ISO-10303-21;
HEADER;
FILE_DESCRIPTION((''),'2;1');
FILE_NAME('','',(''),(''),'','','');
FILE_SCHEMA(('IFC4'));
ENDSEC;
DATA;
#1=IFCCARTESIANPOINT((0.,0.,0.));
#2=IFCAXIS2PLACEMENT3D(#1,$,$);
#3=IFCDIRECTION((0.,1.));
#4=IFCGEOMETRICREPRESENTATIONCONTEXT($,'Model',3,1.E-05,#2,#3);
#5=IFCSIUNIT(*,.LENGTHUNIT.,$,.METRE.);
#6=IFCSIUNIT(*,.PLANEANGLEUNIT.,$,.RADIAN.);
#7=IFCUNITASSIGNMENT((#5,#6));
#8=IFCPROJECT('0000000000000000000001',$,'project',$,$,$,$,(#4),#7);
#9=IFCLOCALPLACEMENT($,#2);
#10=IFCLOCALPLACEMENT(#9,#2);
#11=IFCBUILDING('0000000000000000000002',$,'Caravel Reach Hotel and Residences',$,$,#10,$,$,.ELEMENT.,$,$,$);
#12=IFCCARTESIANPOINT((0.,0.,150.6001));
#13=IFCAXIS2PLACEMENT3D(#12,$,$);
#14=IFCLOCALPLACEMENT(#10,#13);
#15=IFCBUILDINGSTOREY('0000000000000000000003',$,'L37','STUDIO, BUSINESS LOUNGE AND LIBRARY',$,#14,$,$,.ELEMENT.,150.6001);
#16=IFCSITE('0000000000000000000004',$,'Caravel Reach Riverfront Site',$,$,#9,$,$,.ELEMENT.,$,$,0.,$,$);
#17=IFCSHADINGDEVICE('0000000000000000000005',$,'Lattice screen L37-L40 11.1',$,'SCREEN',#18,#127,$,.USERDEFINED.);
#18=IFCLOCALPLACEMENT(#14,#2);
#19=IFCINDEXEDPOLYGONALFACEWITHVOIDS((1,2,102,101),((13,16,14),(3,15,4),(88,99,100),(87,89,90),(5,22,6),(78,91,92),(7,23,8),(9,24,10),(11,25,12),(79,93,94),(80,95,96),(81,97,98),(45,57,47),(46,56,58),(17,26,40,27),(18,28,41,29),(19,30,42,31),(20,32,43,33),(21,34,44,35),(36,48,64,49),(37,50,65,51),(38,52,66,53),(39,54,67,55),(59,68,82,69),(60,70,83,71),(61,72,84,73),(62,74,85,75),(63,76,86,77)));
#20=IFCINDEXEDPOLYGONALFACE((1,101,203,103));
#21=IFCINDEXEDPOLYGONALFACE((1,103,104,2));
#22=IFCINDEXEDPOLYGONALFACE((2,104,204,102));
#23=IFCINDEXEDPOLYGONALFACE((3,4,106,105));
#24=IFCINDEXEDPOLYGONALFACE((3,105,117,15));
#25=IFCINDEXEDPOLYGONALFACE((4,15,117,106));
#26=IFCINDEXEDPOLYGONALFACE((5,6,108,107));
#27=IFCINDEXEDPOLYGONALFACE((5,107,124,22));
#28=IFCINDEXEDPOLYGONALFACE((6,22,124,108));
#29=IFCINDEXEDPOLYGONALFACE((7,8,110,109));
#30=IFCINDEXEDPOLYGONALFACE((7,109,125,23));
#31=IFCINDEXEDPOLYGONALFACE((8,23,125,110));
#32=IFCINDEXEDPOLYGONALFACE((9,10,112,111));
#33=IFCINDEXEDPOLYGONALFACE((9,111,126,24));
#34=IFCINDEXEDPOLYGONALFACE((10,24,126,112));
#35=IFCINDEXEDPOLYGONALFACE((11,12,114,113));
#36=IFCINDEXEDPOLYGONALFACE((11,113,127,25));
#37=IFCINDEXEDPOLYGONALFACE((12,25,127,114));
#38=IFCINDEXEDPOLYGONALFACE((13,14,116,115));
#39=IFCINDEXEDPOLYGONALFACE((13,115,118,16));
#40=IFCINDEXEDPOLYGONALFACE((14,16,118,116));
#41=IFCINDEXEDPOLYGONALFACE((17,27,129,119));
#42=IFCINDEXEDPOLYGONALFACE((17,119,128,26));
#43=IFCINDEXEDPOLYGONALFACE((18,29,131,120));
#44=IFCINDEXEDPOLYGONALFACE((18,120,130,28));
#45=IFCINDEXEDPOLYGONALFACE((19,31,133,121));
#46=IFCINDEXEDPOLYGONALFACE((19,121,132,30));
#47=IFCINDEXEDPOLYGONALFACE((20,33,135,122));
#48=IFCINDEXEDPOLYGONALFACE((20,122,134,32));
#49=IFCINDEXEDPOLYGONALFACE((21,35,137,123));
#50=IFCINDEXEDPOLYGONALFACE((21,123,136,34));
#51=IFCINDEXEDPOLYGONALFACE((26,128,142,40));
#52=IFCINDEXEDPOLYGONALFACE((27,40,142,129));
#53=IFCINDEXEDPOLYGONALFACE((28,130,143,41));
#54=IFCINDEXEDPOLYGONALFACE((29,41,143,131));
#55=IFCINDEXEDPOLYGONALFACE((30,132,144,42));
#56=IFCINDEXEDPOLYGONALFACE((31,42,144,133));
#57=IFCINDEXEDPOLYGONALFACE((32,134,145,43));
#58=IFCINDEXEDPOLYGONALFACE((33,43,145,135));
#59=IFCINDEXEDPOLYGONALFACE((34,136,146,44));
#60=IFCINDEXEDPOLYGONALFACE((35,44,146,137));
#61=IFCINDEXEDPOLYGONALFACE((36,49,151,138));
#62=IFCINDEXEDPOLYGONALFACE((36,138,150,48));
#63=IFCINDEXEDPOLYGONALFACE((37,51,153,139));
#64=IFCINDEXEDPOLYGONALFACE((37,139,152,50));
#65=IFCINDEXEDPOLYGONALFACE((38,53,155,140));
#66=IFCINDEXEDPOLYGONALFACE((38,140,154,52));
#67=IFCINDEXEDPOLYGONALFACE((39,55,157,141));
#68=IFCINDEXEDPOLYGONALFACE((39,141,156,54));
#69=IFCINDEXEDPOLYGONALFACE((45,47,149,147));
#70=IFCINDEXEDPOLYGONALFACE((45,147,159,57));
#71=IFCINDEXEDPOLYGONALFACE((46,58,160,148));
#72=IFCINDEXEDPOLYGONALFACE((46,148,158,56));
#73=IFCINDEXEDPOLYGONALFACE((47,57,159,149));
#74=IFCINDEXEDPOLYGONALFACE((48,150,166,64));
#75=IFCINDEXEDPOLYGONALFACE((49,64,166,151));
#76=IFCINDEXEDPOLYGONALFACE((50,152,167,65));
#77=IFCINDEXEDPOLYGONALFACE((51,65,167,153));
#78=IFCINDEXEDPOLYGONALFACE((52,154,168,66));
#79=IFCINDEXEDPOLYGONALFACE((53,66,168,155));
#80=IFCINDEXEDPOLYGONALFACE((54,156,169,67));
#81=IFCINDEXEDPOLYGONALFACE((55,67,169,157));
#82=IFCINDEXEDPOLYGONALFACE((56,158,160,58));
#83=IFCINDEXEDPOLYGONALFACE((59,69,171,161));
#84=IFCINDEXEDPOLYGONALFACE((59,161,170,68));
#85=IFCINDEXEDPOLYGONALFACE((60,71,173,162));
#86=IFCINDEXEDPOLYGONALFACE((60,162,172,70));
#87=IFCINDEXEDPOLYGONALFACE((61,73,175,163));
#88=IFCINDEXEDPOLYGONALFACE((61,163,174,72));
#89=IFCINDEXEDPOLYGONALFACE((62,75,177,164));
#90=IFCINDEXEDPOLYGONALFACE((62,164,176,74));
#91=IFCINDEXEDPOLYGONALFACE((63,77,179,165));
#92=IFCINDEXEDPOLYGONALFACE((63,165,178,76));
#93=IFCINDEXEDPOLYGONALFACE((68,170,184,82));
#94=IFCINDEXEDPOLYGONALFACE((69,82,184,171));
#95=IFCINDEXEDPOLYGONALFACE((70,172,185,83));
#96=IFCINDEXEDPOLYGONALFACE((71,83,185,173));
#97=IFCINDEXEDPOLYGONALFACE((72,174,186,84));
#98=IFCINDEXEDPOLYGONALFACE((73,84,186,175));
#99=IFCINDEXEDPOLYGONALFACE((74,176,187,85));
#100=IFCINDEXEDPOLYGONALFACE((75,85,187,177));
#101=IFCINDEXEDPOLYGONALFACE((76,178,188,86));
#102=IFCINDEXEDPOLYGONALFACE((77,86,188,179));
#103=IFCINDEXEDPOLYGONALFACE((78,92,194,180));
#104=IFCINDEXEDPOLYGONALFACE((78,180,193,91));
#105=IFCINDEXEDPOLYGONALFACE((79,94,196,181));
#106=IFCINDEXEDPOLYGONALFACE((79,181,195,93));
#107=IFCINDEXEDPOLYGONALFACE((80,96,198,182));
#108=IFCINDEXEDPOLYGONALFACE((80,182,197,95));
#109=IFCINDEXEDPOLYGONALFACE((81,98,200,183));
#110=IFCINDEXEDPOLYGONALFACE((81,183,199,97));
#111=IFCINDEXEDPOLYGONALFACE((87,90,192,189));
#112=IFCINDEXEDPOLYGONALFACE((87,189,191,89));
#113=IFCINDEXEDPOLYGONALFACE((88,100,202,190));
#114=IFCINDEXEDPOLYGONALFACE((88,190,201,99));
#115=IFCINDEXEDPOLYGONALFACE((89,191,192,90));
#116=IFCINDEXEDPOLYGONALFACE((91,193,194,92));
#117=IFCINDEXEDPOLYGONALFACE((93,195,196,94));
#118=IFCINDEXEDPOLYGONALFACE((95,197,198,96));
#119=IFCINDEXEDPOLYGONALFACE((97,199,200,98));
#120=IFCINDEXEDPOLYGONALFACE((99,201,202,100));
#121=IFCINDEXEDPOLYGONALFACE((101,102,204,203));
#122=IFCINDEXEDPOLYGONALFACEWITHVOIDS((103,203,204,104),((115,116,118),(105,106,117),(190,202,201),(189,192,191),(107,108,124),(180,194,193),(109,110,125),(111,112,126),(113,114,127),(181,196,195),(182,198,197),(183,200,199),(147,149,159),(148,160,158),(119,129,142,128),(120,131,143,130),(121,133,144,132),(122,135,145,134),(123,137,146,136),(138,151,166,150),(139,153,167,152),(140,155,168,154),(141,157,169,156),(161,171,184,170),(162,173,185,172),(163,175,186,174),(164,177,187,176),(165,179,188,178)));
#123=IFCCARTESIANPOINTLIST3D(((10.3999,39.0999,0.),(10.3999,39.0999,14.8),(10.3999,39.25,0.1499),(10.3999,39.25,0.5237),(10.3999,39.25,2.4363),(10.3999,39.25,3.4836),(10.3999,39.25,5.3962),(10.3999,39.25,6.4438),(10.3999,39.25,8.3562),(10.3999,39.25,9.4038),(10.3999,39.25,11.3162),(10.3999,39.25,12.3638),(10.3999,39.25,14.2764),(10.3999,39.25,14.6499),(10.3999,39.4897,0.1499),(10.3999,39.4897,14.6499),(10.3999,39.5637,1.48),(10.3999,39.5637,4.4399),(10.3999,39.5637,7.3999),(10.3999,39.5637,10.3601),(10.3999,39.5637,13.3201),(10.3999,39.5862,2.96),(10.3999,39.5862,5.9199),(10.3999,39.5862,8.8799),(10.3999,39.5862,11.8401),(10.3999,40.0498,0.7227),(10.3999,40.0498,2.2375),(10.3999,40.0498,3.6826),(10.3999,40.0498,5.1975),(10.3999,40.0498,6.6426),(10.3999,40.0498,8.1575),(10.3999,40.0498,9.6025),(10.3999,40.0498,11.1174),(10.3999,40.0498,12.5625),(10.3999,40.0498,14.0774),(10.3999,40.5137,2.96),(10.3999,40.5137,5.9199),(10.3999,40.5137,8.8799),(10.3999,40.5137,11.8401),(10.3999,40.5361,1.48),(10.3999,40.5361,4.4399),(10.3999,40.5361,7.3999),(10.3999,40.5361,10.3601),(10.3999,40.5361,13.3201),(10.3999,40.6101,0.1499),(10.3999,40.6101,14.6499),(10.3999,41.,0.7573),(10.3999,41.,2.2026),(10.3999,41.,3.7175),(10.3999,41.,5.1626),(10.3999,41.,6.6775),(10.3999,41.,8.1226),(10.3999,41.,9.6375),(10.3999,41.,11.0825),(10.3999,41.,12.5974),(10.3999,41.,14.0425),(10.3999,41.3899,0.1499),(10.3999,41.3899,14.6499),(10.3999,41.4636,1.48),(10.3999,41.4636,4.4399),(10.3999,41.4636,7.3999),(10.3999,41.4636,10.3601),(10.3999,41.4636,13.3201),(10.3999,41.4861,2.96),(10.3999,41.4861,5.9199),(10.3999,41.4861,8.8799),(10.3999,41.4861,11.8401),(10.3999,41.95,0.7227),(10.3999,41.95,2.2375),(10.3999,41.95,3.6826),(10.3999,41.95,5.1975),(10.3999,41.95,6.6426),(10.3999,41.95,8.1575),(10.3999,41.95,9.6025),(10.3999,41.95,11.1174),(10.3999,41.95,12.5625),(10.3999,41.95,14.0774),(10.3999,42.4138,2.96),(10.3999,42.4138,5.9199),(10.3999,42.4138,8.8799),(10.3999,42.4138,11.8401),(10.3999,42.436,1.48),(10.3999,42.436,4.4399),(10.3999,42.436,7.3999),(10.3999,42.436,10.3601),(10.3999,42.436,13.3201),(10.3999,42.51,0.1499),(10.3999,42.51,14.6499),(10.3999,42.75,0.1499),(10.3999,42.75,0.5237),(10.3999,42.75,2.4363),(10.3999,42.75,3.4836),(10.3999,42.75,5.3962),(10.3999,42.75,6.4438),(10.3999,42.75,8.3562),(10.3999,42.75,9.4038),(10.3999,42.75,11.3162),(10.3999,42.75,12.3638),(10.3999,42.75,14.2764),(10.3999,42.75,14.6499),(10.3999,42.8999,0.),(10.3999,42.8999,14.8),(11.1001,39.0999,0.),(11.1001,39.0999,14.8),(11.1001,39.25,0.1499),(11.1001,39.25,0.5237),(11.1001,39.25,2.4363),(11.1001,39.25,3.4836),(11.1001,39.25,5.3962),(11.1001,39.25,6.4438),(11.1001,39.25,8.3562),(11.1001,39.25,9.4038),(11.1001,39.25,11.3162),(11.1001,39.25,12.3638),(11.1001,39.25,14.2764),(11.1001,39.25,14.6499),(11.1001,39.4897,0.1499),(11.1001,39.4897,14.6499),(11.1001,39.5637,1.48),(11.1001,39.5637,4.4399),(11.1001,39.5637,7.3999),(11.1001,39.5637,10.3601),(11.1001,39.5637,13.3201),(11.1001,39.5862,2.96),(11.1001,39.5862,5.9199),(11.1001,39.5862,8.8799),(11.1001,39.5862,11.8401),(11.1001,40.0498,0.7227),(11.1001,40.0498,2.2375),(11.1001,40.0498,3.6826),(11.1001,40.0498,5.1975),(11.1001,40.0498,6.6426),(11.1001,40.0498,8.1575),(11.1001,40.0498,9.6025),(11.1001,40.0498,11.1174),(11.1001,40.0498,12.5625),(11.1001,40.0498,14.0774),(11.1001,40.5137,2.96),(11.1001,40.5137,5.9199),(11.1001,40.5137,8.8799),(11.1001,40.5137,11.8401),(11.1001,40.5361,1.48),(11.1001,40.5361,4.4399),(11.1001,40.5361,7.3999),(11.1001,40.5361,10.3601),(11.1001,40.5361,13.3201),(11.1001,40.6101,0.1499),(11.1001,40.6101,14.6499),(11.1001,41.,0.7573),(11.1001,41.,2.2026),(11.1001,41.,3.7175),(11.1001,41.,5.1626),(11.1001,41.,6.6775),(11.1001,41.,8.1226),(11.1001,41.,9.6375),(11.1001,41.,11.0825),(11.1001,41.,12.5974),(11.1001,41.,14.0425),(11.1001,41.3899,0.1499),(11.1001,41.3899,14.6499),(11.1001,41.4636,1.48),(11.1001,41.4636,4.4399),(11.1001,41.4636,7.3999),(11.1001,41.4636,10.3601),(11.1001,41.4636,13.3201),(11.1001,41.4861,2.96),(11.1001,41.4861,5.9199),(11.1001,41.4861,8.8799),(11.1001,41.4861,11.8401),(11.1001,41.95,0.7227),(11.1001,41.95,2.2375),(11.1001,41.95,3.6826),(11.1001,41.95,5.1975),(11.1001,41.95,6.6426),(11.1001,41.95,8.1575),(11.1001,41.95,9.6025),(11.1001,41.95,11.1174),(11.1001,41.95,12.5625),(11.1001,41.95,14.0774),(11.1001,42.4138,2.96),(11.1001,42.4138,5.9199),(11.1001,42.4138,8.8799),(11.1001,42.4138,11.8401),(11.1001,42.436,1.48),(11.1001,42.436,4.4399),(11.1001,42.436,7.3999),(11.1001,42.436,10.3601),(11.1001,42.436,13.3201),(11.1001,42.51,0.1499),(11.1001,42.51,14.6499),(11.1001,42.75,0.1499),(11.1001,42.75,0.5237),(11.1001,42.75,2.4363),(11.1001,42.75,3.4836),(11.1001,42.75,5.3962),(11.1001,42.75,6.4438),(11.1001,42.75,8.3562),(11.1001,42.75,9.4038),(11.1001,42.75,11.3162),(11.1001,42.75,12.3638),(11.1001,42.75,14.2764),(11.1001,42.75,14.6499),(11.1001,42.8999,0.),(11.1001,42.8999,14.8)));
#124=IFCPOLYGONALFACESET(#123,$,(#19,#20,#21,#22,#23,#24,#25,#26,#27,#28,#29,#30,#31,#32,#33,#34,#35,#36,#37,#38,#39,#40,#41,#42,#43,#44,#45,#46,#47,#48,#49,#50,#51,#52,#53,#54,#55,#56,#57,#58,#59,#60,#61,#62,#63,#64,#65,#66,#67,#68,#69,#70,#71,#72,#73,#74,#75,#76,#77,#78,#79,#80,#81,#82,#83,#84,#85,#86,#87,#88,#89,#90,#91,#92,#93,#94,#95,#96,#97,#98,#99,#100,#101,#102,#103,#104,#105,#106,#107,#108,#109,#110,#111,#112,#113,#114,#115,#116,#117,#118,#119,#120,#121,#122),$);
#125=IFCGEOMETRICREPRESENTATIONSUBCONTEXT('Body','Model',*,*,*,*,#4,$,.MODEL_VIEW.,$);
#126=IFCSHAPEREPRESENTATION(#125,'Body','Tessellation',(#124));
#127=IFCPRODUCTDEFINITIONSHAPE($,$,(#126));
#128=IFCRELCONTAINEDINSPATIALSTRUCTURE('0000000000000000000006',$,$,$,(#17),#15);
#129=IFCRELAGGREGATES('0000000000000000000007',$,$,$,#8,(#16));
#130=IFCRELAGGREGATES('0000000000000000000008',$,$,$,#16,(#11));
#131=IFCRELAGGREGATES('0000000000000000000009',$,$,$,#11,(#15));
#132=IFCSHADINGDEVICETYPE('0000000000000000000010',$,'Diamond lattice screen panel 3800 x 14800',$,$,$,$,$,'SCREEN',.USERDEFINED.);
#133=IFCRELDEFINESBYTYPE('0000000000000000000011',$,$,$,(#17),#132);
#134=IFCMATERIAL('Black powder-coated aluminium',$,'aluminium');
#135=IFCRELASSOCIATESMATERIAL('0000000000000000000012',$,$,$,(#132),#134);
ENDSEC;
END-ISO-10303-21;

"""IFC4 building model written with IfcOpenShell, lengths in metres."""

from ifc_helpers import new_model, si_unit, direction, frame, origin, place, context, subcontext, project, spatial, polyline, outline, extrude, material, type_object, element, save


model = new_model("IFC4")

# Units and contexts
model_context = context("Model", 3, precision=1e-05, world=origin(), true_north=direction((0.0, 1.0)))
body_context = subcontext(model_context, "Body", "Model", "MODEL_VIEW")
ifc_project = project(units=[si_unit("LENGTHUNIT", "METRE"), si_unit("PLANEANGLEUNIT", "RADIAN")], contexts=[model_context])

# Site, building, storey
site_placement = place(None, origin())
site = spatial("IfcSite", under=ifc_project, at=site_placement, Name="Caravel Reach Riverfront Site", CompositionType="ELEMENT", RefElevation=0.0)
building_placement = place(site_placement, origin())
building = spatial("IfcBuilding", under=site, at=building_placement, Name="Caravel Reach Hotel and Residences", CompositionType="ELEMENT")
storey_placement = place(building_placement, frame((0.0, 0.0, 150.6001)))
storey = spatial("IfcBuildingStorey", under=building, at=storey_placement, Name="L37", Description="STUDIO, BUSINESS LOUNGE AND LIBRARY", CompositionType="ELEMENT", Elevation=150.6001)

# Shading device
ifc_material_1 = material(Name="Black powder-coated aluminium", Category="aluminium")
shading_device_type_1 = type_object("IfcShadingDeviceType", Name="Diamond lattice screen panel 3800 x 14800", ElementType="SCREEN", PredefinedType="USERDEFINED", material=ifc_material_1)
shading_device_1_placement = place(storey_placement, frame((11.1001, 42.8999, 0.0), z_axis=(-1.0, 0.0, 0.0), x_axis=(0.0, -1.0, 0.0)))
element("IfcShadingDevice", 1, at=shading_device_1_placement, inside=storey, type_object=shading_device_type_1, Name="Lattice screen L37-L40 11.1", ObjectType="SCREEN", PredefinedType="USERDEFINED", context=body_context, shape_type="SweptSolid", body=[
    extrude(outline(polyline([(0.0, 0.0), (3.8, 0.0), (3.8, 14.8), (0.0, 14.8), (0.0, 0.0)]), holes=[polyline([(0.3899, 0.1499), (0.1499, 0.5237), (0.1499, 0.1499), (0.3899, 0.1499)]), polyline([(0.4861, 2.96), (0.1499, 3.4836), (0.1499, 2.4363), (0.4861, 2.96)]), polyline([(0.4861, 5.9199), (0.1499, 6.4438), (0.1499, 5.3962), (0.4861, 5.9199)]), polyline([(0.4861, 8.8799), (0.1499, 9.4038), (0.1499, 8.3562), (0.4861, 8.8799)]), polyline([(0.4861, 11.8401), (0.1499, 12.3638), (0.1499, 11.3162), (0.4861, 11.8401)]), polyline([(0.1499, 14.2764), (0.3899, 14.6499), (0.1499, 14.6499), (0.1499, 14.2764)]), polyline([(0.95, 2.2375), (0.4639, 1.48), (0.95, 0.7227), (1.4363, 1.48), (0.95, 2.2375)]), polyline([(0.95, 5.1975), (0.4639, 4.4399), (0.95, 3.6826), (1.4363, 4.4399), (0.95, 5.1975)]), polyline([(0.95, 8.1575), (0.4639, 7.3999), (0.95, 6.6426), (1.4363, 7.3999), (0.95, 8.1575)]), polyline([(0.95, 11.1174), (0.4639, 10.3601), (0.95, 9.6025), (1.4363, 10.3601), (0.95, 11.1174)]), polyline([(0.95, 14.0774), (0.4639, 13.3201), (0.95, 12.5625), (1.4363, 13.3201), (0.95, 14.0774)]), polyline([(1.8999, 0.7573), (1.51, 0.1499), (2.2898, 0.1499), (1.8999, 0.7573)]), polyline([(1.8999, 3.7175), (1.4138, 2.96), (1.8999, 2.2026), (2.3862, 2.96), (1.8999, 3.7175)]), polyline([(1.8999, 6.6775), (1.4138, 5.9199), (1.8999, 5.1626), (2.3862, 5.9199), (1.8999, 6.6775)]), polyline([(1.8999, 9.6375), (1.4138, 8.8799), (1.8999, 8.1226), (2.3862, 8.8799), (1.8999, 9.6375)]), polyline([(1.8999, 12.5974), (1.4138, 11.8401), (1.8999, 11.0825), (2.3862, 11.8401), (1.8999, 12.5974)]), polyline([(1.8999, 14.0425), (2.2898, 14.6499), (1.51, 14.6499), (1.8999, 14.0425)]), polyline([(2.8501, 2.2375), (2.3638, 1.48), (2.8501, 0.7227), (3.3362, 1.48), (2.8501, 2.2375)]), polyline([(2.8501, 5.1975), (2.3638, 4.4399), (2.8501, 3.6826), (3.3362, 4.4399), (2.8501, 5.1975)]), polyline([(2.8501, 8.1575), (2.3638, 7.3999), (2.8501, 6.6426), (3.3362, 7.3999), (2.8501, 8.1575)]), polyline([(2.8501, 11.1174), (2.3638, 10.3601), (2.8501, 9.6025), (3.3362, 10.3601), (2.8501, 11.1174)]), polyline([(2.8501, 14.0774), (2.3638, 13.3201), (2.8501, 12.5625), (3.3362, 13.3201), (2.8501, 14.0774)]), polyline([(3.6499, 0.5237), (3.4102, 0.1499), (3.6499, 0.1499), (3.6499, 0.5237)]), polyline([(3.3137, 2.96), (3.6499, 2.4363), (3.6499, 3.4836), (3.3137, 2.96)]), polyline([(3.3137, 5.9199), (3.6499, 5.3962), (3.6499, 6.4438), (3.3137, 5.9199)]), polyline([(3.3137, 8.8799), (3.6499, 8.3562), (3.6499, 9.4038), (3.3137, 8.8799)]), polyline([(3.3137, 11.8401), (3.6499, 11.3162), (3.6499, 12.3638), (3.3137, 11.8401)]), polyline([(3.4102, 14.6499), (3.6499, 14.2764), (3.6499, 14.6499), (3.4102, 14.6499)])]), origin(), (0.0, 0.0, 1.0), 0.7002),
])

save(model, "model.ifc")
